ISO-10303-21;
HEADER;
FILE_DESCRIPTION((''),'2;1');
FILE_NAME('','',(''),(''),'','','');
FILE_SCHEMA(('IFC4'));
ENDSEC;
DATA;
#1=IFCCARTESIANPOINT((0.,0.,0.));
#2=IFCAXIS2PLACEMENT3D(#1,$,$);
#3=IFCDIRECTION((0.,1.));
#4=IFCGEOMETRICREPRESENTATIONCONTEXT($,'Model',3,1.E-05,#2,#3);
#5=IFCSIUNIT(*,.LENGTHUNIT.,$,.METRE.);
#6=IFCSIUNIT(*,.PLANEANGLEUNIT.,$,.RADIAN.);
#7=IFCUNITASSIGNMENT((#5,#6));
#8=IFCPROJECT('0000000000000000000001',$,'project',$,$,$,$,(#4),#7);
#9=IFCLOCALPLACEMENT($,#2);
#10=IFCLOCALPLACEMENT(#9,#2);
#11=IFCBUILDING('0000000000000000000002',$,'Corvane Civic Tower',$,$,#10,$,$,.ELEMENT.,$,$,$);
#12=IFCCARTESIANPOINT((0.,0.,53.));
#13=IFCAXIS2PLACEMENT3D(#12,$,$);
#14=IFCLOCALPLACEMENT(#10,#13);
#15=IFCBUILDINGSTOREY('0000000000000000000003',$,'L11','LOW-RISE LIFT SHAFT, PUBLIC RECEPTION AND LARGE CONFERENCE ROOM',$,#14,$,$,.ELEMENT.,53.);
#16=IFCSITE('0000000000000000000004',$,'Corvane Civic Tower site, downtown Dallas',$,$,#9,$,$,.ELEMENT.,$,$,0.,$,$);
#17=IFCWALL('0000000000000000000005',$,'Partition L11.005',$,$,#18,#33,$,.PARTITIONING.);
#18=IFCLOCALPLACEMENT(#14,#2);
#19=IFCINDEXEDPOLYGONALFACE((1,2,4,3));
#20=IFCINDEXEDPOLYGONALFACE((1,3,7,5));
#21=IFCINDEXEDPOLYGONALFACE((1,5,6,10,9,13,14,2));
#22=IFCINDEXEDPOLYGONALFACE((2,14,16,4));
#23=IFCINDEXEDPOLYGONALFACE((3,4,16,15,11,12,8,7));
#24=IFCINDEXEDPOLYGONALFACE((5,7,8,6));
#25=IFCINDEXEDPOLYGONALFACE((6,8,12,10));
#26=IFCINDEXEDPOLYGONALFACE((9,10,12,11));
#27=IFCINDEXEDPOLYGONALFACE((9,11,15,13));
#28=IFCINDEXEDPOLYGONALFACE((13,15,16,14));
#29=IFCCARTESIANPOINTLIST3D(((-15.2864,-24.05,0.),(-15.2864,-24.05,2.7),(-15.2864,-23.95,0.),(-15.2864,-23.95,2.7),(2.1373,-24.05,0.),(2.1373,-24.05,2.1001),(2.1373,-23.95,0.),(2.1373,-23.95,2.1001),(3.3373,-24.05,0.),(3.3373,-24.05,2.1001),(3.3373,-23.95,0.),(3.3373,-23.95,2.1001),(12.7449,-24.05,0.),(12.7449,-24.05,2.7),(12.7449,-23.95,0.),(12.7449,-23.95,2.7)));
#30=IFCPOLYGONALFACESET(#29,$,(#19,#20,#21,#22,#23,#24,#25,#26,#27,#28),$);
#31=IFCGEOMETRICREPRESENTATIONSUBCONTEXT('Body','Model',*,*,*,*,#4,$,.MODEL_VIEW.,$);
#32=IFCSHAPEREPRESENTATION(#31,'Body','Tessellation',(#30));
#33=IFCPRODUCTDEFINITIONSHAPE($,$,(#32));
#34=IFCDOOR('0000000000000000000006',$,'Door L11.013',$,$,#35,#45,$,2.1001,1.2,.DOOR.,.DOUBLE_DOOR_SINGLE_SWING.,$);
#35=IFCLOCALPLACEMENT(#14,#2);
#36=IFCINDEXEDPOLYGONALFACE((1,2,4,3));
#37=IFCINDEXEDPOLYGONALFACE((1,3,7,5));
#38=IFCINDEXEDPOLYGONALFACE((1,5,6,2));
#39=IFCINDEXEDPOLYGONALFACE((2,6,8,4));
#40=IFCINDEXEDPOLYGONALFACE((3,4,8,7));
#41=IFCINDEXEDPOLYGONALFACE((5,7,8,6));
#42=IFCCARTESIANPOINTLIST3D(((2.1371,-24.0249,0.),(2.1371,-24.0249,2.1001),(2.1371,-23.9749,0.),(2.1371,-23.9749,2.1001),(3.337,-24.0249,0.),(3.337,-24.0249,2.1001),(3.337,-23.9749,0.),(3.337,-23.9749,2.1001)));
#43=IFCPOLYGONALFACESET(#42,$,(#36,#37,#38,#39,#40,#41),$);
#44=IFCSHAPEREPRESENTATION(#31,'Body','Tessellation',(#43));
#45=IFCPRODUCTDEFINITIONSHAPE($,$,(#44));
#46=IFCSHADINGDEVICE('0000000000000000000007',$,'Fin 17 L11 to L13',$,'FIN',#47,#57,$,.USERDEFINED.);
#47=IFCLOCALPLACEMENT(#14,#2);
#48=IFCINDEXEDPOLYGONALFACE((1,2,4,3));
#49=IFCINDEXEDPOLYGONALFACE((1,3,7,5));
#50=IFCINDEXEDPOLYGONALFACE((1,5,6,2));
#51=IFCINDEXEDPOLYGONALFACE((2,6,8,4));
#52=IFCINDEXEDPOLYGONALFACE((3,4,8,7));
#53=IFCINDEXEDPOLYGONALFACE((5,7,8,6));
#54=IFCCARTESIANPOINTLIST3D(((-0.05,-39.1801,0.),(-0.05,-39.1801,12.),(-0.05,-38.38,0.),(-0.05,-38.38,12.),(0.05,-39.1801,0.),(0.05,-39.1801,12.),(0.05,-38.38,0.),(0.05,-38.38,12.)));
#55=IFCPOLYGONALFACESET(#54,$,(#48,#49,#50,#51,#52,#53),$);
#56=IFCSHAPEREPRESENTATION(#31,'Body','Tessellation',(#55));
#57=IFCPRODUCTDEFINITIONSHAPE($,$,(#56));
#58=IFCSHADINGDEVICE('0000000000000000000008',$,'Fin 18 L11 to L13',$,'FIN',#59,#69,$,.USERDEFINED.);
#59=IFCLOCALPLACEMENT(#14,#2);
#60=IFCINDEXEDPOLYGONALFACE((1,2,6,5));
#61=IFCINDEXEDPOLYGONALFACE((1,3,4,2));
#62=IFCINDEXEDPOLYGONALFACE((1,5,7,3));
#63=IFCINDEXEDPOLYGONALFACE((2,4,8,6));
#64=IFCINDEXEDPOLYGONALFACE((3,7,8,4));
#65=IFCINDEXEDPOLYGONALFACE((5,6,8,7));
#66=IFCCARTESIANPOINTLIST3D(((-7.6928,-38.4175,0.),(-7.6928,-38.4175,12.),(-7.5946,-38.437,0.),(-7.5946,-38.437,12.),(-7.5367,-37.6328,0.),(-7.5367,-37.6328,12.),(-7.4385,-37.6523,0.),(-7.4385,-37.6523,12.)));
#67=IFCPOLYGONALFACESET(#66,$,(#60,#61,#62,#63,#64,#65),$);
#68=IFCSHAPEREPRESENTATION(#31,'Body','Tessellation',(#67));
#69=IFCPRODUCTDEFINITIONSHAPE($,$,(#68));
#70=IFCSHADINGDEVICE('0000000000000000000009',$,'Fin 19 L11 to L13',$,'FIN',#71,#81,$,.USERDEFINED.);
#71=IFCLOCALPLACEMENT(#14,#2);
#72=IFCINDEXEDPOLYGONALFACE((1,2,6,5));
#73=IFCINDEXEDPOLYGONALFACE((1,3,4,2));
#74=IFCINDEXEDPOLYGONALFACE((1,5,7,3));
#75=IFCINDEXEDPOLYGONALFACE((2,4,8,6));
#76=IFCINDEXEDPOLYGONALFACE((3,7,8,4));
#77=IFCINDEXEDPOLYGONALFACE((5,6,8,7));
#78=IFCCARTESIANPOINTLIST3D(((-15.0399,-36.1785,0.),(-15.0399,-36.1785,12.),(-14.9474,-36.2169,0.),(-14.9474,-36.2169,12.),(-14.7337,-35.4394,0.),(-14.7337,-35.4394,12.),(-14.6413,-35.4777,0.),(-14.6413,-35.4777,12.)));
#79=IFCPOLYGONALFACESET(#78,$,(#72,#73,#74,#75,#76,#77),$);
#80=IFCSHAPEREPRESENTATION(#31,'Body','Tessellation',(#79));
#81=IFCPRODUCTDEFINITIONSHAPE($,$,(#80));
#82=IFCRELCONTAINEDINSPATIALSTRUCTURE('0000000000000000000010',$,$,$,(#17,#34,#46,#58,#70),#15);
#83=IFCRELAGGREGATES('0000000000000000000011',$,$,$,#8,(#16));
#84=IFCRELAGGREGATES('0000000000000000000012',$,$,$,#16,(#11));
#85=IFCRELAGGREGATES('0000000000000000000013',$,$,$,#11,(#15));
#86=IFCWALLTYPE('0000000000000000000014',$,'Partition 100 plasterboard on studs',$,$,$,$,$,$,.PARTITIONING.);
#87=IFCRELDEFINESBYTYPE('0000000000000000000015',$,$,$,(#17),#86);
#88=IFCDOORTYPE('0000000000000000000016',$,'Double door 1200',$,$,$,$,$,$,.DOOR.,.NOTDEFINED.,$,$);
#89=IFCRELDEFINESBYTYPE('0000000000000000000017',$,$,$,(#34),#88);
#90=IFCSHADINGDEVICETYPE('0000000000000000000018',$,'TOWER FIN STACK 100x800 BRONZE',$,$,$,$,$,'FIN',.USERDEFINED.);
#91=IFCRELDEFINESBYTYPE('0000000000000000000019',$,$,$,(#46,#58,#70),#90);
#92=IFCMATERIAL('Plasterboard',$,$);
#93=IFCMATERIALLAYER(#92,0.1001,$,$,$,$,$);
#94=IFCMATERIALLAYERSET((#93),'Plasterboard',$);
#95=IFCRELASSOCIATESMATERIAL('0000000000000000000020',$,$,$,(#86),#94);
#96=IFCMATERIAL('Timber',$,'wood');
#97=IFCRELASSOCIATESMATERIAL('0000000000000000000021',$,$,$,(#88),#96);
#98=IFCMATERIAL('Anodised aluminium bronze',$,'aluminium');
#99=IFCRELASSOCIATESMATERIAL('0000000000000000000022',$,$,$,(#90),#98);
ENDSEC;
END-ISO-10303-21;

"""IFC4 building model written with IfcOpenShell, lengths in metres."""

from ifc_helpers import new_model, si_unit, direction, frame, frame_2d, origin, origin_2d, place, context, subcontext, project, spatial, rectangle, extrude, material, layer, layer_set, material_profile, profile_set, type_object, element, fill, save


model = new_model("IFC4")

# Units and contexts
model_context = context("Model", 3, precision=1e-05, world=origin(), true_north=direction((0.0, 1.0)))
body_context = subcontext(model_context, "Body", "Model", "MODEL_VIEW")
ifc_project = project(units=[si_unit("LENGTHUNIT", "METRE"), si_unit("PLANEANGLEUNIT", "RADIAN")], contexts=[model_context])

# Site, building, storey
site_placement = place(None, origin())
site = spatial("IfcSite", under=ifc_project, at=site_placement, Name="Corvane Civic Tower site, downtown Dallas", CompositionType="ELEMENT", RefElevation=0.0)
building_placement = place(site_placement, origin())
building = spatial("IfcBuilding", under=site, at=building_placement, Name="Corvane Civic Tower", CompositionType="ELEMENT")
storey_placement = place(building_placement, frame((0.0, 0.0, 53.0)))
storey = spatial("IfcBuildingStorey", under=building, at=storey_placement, Name="L11", Description="LOW-RISE LIFT SHAFT, PUBLIC RECEPTION AND LARGE CONFERENCE ROOM", CompositionType="ELEMENT", Elevation=53.0)

# Shared definitions
ifc_material_1 = material(Name="Plasterboard")
ifc_layer_1 = layer(ifc_material_1, 0.1001)
ifc_layer_set_1 = layer_set([ifc_layer_1], Name="Plasterboard")
wall_type = type_object("IfcWallType", Name="Partition 100 plasterboard on studs", PredefinedType="PARTITIONING", material=ifc_layer_set_1)

# Wall, opening, door
wall_1_placement = place(storey_placement, frame((-15.2864, -24.0, 0.0), z_axis=(0.0, 0.0, 1.0), x_axis=(1.0, 0.0, 0.0)))
wall_1 = element("IfcWall", 1, at=wall_1_placement, inside=storey, type_object=wall_type, Name="Partition L11.005", PredefinedType="PARTITIONING", context=body_context, shape_type="SweptSolid", body=[
    extrude(rectangle(XDim=28.0312, YDim=0.1001, at=frame_2d((14.0156, 0.0))), origin(), (0.0, 0.0, 1.0), 2.7),
])
opening_1_placement = place(wall_1_placement, frame((17.4236, 0.0, 0.0)))
opening_1 = element("IfcOpeningElement", 2, at=opening_1_placement, cuts=wall_1, PredefinedType="OPENING", context=body_context, shape_type="SweptSolid", body=[
    extrude(rectangle(XDim=1.2, YDim=2.1001, at=frame_2d((0.6001, 1.05))), frame((0.0, 0.0601, 0.0), z_axis=(0.0, -1.0, 0.0), x_axis=(1.0, 0.0, 0.0)), (0.0, 0.0, 1.0), 0.1201),
])
ifc_material_2 = material(Name="Timber", Category="wood")
door_type_1 = type_object("IfcDoorType", Name="Double door 1200", OperationType="NOTDEFINED", PredefinedType="DOOR", material=ifc_material_2)
door_1_placement = place(opening_1_placement, frame((1.2, 0.0, 0.0), z_axis=(0.0, 0.0, 1.0), x_axis=(-1.0, 0.0, 0.0)))
door_1 = element("IfcDoor", 3, at=door_1_placement, inside=storey, type_object=door_type_1, Name="Door L11.013", OperationType="DOUBLE_DOOR_SINGLE_SWING", OverallHeight=2.1001, OverallWidth=1.2, PredefinedType="DOOR", context=body_context, shape_type="SweptSolid", body=[
    extrude(rectangle(XDim=1.2, YDim=2.1001, at=frame_2d((0.6001, 1.05))), frame((0.0, 0.0249, 0.0), z_axis=(0.0, -1.0, 0.0), x_axis=(1.0, 0.0, 0.0)), (0.0, 0.0, 1.0), 0.05),
])
fill(opening_1, door_1)

# Shading devices
ifc_material_3 = material(Name="Anodised aluminium bronze", Category="aluminium")
ifc_material_profile_1 = material_profile(ifc_material_3, rectangle(XDim=0.1001, YDim=0.8, at=origin_2d()), Name="TOWER FIN STACK 100x800 BRONZE")
ifc_profile_set_1 = profile_set([ifc_material_profile_1], Name="Anodised aluminium bronze")
shading_device_type = type_object("IfcShadingDeviceType", Name="TOWER FIN STACK 100x800 BRONZE", ElementType="FIN", PredefinedType="USERDEFINED", material=ifc_profile_set_1)
for number, where, z_axis, x_axis, name in (
    (4, (0.0, -38.78, 0.0), (0.0, 0.0, 1.0), (-1.0, 0.0, 0.0), "Fin 17 L11 to L13"),
    (5, (-7.5657, -38.0349, 0.0), (0.0, 0.0, 1.0), (-0.980785, 0.19509, 0.0), "Fin 18 L11 to L13"),
    (6, (-14.8406, -35.8281, 0.0), (0.0, 0.0, 1.0), (-0.92388, 0.382683, 0.0), "Fin 19 L11 to L13"),
):
    element("IfcShadingDevice", number, at=place(storey_placement, frame(where, z_axis=z_axis, x_axis=x_axis)), inside=storey, type_object=shading_device_type, Name=name, ObjectType="FIN", PredefinedType="USERDEFINED", context=body_context, shape_type="SweptSolid", body=[
        extrude(rectangle(XDim=0.1001, YDim=0.8, at=origin_2d()), origin(), (0.0, 0.0, 1.0), 12.0),
    ])

save(model, "model.ifc")
